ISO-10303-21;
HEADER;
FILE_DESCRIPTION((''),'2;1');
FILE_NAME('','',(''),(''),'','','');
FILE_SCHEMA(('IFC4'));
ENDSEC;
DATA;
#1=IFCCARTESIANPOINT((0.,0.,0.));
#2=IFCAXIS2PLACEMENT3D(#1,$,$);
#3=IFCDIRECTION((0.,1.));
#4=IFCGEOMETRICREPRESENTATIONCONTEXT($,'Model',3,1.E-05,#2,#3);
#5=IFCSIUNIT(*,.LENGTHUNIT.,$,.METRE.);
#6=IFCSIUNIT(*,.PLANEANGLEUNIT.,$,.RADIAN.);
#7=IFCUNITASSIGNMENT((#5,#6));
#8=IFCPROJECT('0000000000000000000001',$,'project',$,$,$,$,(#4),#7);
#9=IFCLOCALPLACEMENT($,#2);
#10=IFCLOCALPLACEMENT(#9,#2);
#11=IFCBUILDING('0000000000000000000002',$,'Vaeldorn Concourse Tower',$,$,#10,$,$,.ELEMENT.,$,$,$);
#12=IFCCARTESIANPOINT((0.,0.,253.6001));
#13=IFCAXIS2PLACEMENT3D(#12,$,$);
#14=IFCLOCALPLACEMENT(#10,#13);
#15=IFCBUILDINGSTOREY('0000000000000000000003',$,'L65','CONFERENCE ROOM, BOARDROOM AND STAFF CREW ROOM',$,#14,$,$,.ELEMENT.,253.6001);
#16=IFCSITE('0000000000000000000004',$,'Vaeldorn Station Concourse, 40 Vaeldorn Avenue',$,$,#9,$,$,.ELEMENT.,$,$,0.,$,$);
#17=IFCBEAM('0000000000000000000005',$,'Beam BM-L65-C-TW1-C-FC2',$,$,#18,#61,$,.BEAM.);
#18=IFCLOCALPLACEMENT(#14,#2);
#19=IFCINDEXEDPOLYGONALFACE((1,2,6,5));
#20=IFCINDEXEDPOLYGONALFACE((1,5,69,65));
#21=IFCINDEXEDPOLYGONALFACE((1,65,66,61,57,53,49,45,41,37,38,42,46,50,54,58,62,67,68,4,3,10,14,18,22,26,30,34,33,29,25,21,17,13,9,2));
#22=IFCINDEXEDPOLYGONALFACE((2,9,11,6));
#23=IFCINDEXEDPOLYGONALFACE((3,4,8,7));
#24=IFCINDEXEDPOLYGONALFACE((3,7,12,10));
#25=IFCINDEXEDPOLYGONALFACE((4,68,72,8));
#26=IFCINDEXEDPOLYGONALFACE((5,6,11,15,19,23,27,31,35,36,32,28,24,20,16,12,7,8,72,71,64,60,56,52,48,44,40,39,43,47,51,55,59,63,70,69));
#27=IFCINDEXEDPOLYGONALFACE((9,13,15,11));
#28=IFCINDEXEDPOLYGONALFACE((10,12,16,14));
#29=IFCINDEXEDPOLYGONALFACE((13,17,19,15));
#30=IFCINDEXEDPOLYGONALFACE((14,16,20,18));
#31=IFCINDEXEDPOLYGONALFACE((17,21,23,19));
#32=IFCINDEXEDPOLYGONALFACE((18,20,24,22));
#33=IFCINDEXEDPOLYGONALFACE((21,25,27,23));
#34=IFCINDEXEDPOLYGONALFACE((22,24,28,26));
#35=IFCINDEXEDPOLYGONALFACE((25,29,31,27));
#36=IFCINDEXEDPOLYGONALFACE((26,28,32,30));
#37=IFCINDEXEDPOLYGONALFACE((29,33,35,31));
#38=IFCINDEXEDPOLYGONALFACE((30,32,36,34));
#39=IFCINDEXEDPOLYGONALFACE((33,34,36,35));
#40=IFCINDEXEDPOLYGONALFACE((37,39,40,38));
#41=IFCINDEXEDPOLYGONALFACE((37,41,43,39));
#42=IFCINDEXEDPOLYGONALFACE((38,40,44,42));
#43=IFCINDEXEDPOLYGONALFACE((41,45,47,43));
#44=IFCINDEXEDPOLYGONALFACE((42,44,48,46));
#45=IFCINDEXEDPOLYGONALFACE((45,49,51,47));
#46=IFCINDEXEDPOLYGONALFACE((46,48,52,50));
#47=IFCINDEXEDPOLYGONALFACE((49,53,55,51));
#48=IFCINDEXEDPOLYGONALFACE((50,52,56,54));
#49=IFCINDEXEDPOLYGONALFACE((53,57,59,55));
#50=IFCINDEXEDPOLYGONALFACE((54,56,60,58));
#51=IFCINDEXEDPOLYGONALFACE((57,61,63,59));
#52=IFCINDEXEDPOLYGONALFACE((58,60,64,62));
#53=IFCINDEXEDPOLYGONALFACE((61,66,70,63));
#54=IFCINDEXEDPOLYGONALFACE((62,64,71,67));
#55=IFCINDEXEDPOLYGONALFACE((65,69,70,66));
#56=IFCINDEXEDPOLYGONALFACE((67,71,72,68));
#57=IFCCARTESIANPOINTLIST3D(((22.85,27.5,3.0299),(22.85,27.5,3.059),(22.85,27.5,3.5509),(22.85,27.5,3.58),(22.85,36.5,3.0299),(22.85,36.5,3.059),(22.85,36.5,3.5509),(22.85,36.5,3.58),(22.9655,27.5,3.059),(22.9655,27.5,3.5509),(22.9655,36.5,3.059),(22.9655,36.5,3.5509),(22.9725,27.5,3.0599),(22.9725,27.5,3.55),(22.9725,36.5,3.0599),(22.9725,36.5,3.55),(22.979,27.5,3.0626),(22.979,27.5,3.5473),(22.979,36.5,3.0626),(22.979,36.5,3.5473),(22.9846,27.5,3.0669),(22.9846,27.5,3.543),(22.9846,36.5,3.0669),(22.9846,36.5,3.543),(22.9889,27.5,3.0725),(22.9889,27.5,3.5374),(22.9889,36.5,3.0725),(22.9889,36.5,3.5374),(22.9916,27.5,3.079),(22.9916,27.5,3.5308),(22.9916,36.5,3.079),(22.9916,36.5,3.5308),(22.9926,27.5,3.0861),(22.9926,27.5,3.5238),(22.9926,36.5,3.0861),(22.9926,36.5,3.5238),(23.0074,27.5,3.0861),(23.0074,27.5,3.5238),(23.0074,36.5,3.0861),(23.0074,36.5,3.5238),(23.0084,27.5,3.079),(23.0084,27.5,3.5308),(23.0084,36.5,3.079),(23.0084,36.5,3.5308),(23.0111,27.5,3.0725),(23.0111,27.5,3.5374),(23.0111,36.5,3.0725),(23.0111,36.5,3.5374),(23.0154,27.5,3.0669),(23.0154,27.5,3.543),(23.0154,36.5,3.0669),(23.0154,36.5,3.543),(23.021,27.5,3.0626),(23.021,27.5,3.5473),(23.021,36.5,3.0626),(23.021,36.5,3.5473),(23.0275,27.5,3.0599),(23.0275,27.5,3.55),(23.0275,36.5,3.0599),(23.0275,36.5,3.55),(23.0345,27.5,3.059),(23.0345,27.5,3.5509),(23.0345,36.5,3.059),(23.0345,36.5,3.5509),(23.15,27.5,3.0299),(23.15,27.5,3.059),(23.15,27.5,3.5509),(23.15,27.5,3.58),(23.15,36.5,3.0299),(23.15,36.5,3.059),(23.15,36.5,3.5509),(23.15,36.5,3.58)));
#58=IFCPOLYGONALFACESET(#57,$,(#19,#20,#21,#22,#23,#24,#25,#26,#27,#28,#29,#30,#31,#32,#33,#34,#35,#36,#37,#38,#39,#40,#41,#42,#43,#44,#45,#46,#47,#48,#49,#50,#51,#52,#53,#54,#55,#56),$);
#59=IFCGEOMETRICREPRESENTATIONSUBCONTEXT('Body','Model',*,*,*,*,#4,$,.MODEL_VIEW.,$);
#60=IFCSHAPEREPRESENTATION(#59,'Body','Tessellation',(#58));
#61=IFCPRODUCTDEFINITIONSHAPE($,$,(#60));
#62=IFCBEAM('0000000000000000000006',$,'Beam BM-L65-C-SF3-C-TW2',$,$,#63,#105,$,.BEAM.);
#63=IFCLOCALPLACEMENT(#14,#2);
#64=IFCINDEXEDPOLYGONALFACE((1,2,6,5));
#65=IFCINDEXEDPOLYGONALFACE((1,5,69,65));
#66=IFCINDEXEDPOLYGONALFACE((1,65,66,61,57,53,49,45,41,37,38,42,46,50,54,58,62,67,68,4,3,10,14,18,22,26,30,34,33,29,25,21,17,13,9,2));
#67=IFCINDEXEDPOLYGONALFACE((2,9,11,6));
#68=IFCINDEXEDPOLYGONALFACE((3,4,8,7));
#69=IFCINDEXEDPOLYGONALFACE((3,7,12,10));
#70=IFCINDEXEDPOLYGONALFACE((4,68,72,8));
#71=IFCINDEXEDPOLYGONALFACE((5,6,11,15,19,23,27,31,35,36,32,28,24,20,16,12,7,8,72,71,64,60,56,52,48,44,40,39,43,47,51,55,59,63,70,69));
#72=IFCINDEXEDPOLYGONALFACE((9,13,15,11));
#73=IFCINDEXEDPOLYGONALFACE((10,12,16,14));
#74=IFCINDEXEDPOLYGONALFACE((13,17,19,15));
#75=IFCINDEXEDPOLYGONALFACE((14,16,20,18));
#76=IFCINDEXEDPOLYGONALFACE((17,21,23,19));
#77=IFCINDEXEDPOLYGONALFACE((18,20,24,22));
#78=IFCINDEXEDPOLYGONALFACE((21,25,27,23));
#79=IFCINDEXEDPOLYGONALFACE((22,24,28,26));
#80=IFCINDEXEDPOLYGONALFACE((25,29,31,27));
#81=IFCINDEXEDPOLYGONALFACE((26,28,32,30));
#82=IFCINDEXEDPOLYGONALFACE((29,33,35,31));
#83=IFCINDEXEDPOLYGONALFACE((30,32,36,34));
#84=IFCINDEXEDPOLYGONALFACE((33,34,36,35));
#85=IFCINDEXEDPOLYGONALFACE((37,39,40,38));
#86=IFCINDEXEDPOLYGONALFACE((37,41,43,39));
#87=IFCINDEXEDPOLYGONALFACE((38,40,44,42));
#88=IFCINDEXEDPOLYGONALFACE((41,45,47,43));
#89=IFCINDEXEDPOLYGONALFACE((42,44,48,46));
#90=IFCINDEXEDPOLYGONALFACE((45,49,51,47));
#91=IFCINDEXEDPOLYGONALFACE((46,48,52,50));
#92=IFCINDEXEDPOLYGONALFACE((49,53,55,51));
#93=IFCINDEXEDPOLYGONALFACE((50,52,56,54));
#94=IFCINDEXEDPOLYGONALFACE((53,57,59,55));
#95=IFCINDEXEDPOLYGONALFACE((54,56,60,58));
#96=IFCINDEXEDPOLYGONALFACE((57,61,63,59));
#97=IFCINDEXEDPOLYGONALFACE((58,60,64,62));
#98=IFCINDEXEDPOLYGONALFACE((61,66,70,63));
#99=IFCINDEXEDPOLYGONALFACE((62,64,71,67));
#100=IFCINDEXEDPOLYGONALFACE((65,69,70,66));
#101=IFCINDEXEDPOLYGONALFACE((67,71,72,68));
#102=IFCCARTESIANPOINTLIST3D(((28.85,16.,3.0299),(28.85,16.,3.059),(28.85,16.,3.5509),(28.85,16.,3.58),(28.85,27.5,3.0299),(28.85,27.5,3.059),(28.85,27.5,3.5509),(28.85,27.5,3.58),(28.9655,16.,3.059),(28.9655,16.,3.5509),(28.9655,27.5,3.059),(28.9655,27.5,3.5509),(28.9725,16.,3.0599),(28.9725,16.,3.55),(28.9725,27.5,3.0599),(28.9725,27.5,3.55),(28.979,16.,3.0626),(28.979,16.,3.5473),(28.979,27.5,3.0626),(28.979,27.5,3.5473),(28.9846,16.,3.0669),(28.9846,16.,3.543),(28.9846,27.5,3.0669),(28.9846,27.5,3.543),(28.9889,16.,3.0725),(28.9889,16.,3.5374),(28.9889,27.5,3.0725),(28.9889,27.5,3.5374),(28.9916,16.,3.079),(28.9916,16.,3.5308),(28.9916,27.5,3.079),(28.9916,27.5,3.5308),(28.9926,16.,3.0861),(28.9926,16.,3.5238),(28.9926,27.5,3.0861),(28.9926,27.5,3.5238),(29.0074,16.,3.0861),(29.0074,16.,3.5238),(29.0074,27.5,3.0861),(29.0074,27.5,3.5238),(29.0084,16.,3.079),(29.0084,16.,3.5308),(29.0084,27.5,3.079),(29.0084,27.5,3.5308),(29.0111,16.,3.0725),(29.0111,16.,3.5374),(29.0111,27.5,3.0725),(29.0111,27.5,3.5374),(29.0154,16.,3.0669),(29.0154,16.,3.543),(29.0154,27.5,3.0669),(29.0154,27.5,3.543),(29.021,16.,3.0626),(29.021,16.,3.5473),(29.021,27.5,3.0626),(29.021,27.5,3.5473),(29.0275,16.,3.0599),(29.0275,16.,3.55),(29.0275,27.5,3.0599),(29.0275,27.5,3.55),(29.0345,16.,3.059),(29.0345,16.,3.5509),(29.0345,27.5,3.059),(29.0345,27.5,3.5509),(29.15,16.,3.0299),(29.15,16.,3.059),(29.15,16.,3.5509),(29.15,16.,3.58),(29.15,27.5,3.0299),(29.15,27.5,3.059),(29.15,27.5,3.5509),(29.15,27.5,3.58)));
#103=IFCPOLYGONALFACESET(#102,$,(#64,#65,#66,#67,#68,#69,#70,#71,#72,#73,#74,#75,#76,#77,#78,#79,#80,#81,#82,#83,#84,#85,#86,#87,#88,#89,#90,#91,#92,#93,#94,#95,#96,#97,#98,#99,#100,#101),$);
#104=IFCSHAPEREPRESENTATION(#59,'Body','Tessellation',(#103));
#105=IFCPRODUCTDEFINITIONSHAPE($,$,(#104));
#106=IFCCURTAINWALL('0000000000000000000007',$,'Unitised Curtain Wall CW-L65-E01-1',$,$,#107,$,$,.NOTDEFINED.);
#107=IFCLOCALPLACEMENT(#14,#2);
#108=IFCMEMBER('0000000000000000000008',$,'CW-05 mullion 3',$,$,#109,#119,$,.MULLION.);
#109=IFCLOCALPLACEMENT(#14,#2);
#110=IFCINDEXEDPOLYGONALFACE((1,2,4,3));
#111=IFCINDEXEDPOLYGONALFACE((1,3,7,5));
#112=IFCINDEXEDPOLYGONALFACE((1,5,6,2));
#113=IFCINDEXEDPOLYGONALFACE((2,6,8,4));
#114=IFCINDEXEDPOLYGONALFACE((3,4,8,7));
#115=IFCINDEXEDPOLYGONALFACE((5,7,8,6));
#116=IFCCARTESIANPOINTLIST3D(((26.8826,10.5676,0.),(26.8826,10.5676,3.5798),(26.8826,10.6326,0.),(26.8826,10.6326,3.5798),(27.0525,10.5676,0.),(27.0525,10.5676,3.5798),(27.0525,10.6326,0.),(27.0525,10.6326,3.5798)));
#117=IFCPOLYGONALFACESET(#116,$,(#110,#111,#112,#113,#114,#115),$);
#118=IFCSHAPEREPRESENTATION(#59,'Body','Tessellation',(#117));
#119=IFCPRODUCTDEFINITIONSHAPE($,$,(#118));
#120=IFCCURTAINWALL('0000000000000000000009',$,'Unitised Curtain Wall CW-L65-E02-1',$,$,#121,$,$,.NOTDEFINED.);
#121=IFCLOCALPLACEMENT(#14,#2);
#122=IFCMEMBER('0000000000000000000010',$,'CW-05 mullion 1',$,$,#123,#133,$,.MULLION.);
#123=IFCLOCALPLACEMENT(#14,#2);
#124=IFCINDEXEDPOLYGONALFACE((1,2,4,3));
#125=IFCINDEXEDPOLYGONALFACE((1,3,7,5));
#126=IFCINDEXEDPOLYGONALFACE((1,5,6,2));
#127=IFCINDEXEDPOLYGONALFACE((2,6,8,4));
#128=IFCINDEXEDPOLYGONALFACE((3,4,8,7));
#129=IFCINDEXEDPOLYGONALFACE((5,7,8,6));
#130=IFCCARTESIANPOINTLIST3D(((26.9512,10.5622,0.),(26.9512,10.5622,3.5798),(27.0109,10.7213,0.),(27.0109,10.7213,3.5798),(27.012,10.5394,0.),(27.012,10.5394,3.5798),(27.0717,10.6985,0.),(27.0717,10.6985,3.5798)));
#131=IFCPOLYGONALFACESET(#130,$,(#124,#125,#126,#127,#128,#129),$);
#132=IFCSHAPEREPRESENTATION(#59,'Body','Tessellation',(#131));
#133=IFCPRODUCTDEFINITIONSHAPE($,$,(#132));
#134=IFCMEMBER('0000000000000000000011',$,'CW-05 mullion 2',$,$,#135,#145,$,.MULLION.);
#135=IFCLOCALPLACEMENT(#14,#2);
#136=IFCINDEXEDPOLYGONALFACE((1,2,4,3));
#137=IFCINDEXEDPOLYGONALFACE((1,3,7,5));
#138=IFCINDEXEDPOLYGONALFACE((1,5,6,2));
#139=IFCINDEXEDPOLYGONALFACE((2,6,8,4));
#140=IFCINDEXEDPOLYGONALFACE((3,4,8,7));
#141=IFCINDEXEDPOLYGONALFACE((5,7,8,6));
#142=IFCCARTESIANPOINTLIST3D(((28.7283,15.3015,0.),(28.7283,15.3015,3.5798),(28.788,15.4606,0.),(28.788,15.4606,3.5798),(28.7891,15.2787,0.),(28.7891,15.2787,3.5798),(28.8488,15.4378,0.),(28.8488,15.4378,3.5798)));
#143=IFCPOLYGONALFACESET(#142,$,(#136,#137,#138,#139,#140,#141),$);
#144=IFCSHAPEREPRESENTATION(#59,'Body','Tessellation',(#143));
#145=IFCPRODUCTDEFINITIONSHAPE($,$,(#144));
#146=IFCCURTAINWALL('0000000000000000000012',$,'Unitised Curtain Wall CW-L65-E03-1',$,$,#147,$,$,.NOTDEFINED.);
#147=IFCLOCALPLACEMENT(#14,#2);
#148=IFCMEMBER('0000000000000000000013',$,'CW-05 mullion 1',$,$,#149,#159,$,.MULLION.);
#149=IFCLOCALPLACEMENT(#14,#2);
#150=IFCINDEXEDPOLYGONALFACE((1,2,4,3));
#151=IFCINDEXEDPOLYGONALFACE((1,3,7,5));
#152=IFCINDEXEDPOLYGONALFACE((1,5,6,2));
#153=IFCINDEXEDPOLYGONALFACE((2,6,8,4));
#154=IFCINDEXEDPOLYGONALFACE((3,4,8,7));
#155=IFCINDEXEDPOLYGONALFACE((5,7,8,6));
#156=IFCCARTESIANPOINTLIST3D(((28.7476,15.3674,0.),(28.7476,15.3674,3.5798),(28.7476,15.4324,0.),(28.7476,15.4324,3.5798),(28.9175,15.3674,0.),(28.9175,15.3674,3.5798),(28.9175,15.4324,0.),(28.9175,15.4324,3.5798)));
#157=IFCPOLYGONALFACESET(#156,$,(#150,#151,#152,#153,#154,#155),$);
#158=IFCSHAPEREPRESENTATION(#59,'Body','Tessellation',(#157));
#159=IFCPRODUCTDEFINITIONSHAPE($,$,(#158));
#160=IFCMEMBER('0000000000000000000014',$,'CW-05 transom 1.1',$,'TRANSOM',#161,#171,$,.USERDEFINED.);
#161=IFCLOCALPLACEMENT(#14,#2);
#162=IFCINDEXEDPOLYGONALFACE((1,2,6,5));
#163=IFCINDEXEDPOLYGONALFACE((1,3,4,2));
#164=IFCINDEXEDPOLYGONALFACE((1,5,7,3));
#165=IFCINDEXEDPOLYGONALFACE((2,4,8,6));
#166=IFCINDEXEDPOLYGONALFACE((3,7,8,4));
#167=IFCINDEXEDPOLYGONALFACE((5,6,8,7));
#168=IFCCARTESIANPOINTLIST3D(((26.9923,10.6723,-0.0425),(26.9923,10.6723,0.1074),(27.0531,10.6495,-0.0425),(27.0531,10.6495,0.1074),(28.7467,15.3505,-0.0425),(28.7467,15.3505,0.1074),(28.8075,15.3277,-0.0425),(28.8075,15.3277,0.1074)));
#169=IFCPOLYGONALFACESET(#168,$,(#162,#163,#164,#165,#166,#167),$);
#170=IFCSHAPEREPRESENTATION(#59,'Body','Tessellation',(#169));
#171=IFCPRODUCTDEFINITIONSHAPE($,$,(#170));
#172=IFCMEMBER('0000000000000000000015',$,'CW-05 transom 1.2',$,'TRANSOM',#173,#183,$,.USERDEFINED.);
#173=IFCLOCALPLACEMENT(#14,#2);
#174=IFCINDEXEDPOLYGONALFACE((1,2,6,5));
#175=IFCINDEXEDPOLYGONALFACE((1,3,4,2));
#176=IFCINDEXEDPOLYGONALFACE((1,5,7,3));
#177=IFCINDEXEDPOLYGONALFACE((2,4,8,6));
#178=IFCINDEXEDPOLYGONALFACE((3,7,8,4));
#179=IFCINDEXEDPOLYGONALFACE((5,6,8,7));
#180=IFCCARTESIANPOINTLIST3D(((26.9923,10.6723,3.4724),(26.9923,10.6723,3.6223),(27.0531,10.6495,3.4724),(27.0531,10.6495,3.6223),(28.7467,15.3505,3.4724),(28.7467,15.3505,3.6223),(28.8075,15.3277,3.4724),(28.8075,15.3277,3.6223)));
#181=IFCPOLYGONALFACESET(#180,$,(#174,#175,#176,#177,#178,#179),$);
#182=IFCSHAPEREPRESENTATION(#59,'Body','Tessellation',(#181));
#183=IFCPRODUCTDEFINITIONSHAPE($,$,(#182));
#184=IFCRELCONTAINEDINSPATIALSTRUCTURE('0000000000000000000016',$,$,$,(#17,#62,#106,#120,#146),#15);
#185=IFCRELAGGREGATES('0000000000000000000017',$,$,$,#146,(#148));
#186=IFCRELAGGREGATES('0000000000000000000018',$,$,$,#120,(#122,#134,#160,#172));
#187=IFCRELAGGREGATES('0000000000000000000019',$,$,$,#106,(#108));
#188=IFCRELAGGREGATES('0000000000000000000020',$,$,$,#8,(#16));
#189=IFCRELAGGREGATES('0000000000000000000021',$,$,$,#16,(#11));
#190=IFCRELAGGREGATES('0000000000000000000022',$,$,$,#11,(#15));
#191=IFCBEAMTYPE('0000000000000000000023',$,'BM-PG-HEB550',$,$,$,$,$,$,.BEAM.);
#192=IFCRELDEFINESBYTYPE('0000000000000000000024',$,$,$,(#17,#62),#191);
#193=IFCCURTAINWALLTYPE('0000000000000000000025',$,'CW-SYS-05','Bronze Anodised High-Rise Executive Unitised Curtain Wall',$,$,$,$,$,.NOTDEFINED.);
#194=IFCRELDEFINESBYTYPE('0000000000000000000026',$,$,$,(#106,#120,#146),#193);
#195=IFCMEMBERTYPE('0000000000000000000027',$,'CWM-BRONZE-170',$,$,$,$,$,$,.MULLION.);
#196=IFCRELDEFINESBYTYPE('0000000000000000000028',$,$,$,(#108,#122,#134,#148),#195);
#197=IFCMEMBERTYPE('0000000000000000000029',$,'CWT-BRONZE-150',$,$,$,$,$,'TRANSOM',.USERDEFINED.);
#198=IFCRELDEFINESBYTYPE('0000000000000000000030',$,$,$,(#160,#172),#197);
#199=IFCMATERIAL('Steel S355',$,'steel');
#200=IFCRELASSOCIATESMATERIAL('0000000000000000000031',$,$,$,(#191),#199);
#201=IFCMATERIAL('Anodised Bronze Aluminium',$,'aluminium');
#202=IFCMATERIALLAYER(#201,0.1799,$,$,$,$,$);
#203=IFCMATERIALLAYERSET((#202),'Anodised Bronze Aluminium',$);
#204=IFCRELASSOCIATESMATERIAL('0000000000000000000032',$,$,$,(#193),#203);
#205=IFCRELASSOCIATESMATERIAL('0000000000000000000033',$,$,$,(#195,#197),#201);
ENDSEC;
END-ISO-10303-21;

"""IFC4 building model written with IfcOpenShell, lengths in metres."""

from ifc_helpers import new_model, si_unit, direction, frame, origin, origin_2d, place, context, subcontext, project, spatial, rectangle, i_section, extrude, source, transform, mapped, material, layer, layer_set, material_profile, profile_set, type_object, element, aggregate, save


model = new_model("IFC4")

# Units and contexts
model_context = context("Model", 3, precision=1e-05, world=origin(), true_north=direction((0.0, 1.0)))
body_context = subcontext(model_context, "Body", "Model", "MODEL_VIEW")
ifc_project = project(units=[si_unit("LENGTHUNIT", "METRE"), si_unit("PLANEANGLEUNIT", "RADIAN")], contexts=[model_context])

# Site, building, storey
site_placement = place(None, origin())
site = spatial("IfcSite", under=ifc_project, at=site_placement, Name="Vaeldorn Station Concourse, 40 Vaeldorn Avenue", CompositionType="ELEMENT", RefElevation=0.0)
building_placement = place(site_placement, origin())
building = spatial("IfcBuilding", under=site, at=building_placement, Name="Vaeldorn Concourse Tower", CompositionType="ELEMENT")
storey_placement = place(building_placement, frame((0.0, 0.0, 253.6001)))
storey = spatial("IfcBuildingStorey", under=building, at=storey_placement, Name="L65", Description="CONFERENCE ROOM, BOARDROOM AND STAFF CREW ROOM", CompositionType="ELEMENT", Elevation=253.6001)

# Shared definitions
ifc_material_1 = material(Name="Steel S355", Category="steel")

# Beams
ifc_material_profile_1 = material_profile(ifc_material_1, i_section(OverallWidth=0.3, OverallDepth=0.55, WebThickness=0.0149, FlangeThickness=0.0291, FilletRadius=0.0271, at=origin_2d()), Name="HEB 550")
ifc_profile_set_1 = profile_set([ifc_material_profile_1], Name="Steel S355")
beam_type_1 = type_object("IfcBeamType", Name="BM-PG-HEB550", PredefinedType="BEAM", material=ifc_profile_set_1)
shared_shape_1 = source(origin(), body_context, "Body", "SweptSolid", [
    extrude(i_section(OverallWidth=0.3, OverallDepth=0.55, WebThickness=0.0149, FlangeThickness=0.0291, FilletRadius=0.0271, at=origin_2d()), origin(), (0.0, 0.0, 1.0), 9.0),
])
beam_1_placement = place(storey_placement, frame((23.0, 27.5, 3.3049), z_axis=(0.0, 1.0, 0.0), x_axis=(-1.0, 0.0, 0.0)))
element("IfcBeam", 1, at=beam_1_placement, inside=storey, type_object=beam_type_1, Name="Beam BM-L65-C-TW1-C-FC2", PredefinedType="BEAM", context=body_context, shape_type="MappedRepresentation", body=[
    mapped(shared_shape_1, transform((0.0, 0.0, 0.0), scale=1.0)),
])
shared_shape_2 = source(origin(), body_context, "Body", "SweptSolid", [
    extrude(i_section(OverallWidth=0.3, OverallDepth=0.55, WebThickness=0.0149, FlangeThickness=0.0291, FilletRadius=0.0271, at=origin_2d()), origin(), (0.0, 0.0, 1.0), 11.5),
])
beam_2_placement = place(storey_placement, frame((29.0, 16.0, 3.3049), z_axis=(0.0, 1.0, 0.0), x_axis=(-1.0, 0.0, 0.0)))
element("IfcBeam", 2, at=beam_2_placement, inside=storey, type_object=beam_type_1, Name="Beam BM-L65-C-SF3-C-TW2", PredefinedType="BEAM", context=body_context, shape_type="MappedRepresentation", body=[
    mapped(shared_shape_2, transform((0.0, 0.0, 0.0), scale=1.0)),
])

# Curtain wall, member
ifc_material_2 = material(Name="Anodised Bronze Aluminium", Category="aluminium")
ifc_layer_1 = layer(ifc_material_2, 0.1799)
ifc_layer_set_1 = layer_set([ifc_layer_1], Name="Anodised Bronze Aluminium")
curtain_wall_type = type_object("IfcCurtainWallType", Name="CW-SYS-05", Description="Bronze Anodised High-Rise Executive Unitised Curtain Wall", PredefinedType="NOTDEFINED", material=ifc_layer_set_1)
curtain_wall_1_placement = place(storey_placement, origin())
curtain_wall_1 = element("IfcCurtainWall", 3, at=curtain_wall_1_placement, inside=storey, type_object=curtain_wall_type, Name="Unitised Curtain Wall CW-L65-E01-1", PredefinedType="NOTDEFINED")
ifc_material_profile_2 = material_profile(ifc_material_2, rectangle(XDim=0.0649, YDim=0.1699, at=origin_2d()), Name="CWM 65x170")
ifc_profile_set_2 = profile_set([ifc_material_profile_2], Name="Anodised Bronze Aluminium")
member_type_1 = type_object("IfcMemberType", Name="CWM-BRONZE-170", PredefinedType="MULLION", material=ifc_profile_set_2)
shared_shape_3 = source(origin(), body_context, "Body", "SweptSolid", [
    extrude(rectangle(XDim=0.0649, YDim=0.1699, at=origin_2d()), origin(), (0.0, 0.0, 1.0), 3.5798),
])
member_1_placement = place(storey_placement, frame((26.9675, 10.6001, 0.0), z_axis=(0.0, 0.0, 1.0), x_axis=(0.0, 1.0, 0.0)))
member_1 = element("IfcMember", 4, at=member_1_placement, type_object=member_type_1, Name="CW-05 mullion 3", PredefinedType="MULLION", context=body_context, shape_type="MappedRepresentation", body=[
    mapped(shared_shape_3, transform((0.0, 0.0, 0.0), scale=1.0)),
])

# Curtain wall, members
curtain_wall_2_placement = place(storey_placement, origin())
curtain_wall_2 = element("IfcCurtainWall", 5, at=curtain_wall_2_placement, inside=storey, type_object=curtain_wall_type, Name="Unitised Curtain Wall CW-L65-E02-1", PredefinedType="NOTDEFINED")
member_2_placement = place(storey_placement, frame((27.0115, 10.6304, 0.0), z_axis=(0.0, 0.0, 1.0), x_axis=(-0.936329, 0.351123, 0.0)))
member_2 = element("IfcMember", 6, at=member_2_placement, type_object=member_type_1, Name="CW-05 mullion 1", PredefinedType="MULLION", context=body_context, shape_type="MappedRepresentation", body=[
    mapped(shared_shape_3, transform((0.0, 0.0, 0.0), scale=1.0)),
])
member_3_placement = place(storey_placement, frame((28.7886, 15.3696, 0.0), z_axis=(0.0, 0.0, 1.0), x_axis=(-0.936329, 0.351123, 0.0)))
member_3 = element("IfcMember", 7, at=member_3_placement, type_object=member_type_1, Name="CW-05 mullion 2", PredefinedType="MULLION", context=body_context, shape_type="MappedRepresentation", body=[
    mapped(shared_shape_3, transform((0.0, 0.0, 0.0), scale=1.0)),
])

# Curtain wall, member
curtain_wall_3_placement = place(storey_placement, origin())
curtain_wall_3 = element("IfcCurtainWall", 8, at=curtain_wall_3_placement, inside=storey, type_object=curtain_wall_type, Name="Unitised Curtain Wall CW-L65-E03-1", PredefinedType="NOTDEFINED")
member_4_placement = place(storey_placement, frame((28.8325, 15.3999, 0.0), z_axis=(0.0, 0.0, 1.0), x_axis=(0.0, 1.0, 0.0)))
member_4 = element("IfcMember", 9, at=member_4_placement, type_object=member_type_1, Name="CW-05 mullion 1", PredefinedType="MULLION", context=body_context, shape_type="MappedRepresentation", body=[
    mapped(shared_shape_3, transform((0.0, 0.0, 0.0), scale=1.0)),
])

# Members
ifc_material_profile_3 = material_profile(ifc_material_2, rectangle(XDim=0.0649, YDim=0.1499, at=origin_2d()), Name="CWT 65x150")
ifc_profile_set_3 = profile_set([ifc_material_profile_3], Name="Anodised Bronze Aluminium")
member_type_2 = type_object("IfcMemberType", Name="CWT-BRONZE-150", ElementType="TRANSOM", PredefinedType="USERDEFINED", material=ifc_profile_set_3)
shared_shape_4 = source(origin(), body_context, "Body", "SweptSolid", [
    extrude(rectangle(XDim=0.0649, YDim=0.1499, at=origin_2d()), origin(), (0.0, 0.0, 1.0), 4.9963),
])
member_5_placement = place(storey_placement, frame((27.0227, 10.6609, 0.0325), z_axis=(0.351134, 0.936325, 0.0), x_axis=(-0.936325, 0.351134, 0.0)))
member_5 = element("IfcMember", 10, at=member_5_placement, type_object=member_type_2, Name="CW-05 transom 1.1", ObjectType="TRANSOM", PredefinedType="USERDEFINED", context=body_context, shape_type="MappedRepresentation", body=[
    mapped(shared_shape_4, transform((0.0, 0.0, 0.0), scale=1.0)),
])
member_6_placement = place(storey_placement, frame((27.0227, 10.6609, 3.5474), z_axis=(0.351134, 0.936325, 0.0), x_axis=(-0.936325, 0.351134, 0.0)))
member_6 = element("IfcMember", 11, at=member_6_placement, type_object=member_type_2, Name="CW-05 transom 1.2", ObjectType="TRANSOM", PredefinedType="USERDEFINED", context=body_context, shape_type="MappedRepresentation", body=[
    mapped(shared_shape_4, transform((0.0, 0.0, 0.0), scale=1.0)),
])
aggregate(curtain_wall_3, [member_4])

aggregate(curtain_wall_2, [member_2, member_3, member_5, member_6])
aggregate(curtain_wall_1, [member_1])

save(model, "model.ifc")
